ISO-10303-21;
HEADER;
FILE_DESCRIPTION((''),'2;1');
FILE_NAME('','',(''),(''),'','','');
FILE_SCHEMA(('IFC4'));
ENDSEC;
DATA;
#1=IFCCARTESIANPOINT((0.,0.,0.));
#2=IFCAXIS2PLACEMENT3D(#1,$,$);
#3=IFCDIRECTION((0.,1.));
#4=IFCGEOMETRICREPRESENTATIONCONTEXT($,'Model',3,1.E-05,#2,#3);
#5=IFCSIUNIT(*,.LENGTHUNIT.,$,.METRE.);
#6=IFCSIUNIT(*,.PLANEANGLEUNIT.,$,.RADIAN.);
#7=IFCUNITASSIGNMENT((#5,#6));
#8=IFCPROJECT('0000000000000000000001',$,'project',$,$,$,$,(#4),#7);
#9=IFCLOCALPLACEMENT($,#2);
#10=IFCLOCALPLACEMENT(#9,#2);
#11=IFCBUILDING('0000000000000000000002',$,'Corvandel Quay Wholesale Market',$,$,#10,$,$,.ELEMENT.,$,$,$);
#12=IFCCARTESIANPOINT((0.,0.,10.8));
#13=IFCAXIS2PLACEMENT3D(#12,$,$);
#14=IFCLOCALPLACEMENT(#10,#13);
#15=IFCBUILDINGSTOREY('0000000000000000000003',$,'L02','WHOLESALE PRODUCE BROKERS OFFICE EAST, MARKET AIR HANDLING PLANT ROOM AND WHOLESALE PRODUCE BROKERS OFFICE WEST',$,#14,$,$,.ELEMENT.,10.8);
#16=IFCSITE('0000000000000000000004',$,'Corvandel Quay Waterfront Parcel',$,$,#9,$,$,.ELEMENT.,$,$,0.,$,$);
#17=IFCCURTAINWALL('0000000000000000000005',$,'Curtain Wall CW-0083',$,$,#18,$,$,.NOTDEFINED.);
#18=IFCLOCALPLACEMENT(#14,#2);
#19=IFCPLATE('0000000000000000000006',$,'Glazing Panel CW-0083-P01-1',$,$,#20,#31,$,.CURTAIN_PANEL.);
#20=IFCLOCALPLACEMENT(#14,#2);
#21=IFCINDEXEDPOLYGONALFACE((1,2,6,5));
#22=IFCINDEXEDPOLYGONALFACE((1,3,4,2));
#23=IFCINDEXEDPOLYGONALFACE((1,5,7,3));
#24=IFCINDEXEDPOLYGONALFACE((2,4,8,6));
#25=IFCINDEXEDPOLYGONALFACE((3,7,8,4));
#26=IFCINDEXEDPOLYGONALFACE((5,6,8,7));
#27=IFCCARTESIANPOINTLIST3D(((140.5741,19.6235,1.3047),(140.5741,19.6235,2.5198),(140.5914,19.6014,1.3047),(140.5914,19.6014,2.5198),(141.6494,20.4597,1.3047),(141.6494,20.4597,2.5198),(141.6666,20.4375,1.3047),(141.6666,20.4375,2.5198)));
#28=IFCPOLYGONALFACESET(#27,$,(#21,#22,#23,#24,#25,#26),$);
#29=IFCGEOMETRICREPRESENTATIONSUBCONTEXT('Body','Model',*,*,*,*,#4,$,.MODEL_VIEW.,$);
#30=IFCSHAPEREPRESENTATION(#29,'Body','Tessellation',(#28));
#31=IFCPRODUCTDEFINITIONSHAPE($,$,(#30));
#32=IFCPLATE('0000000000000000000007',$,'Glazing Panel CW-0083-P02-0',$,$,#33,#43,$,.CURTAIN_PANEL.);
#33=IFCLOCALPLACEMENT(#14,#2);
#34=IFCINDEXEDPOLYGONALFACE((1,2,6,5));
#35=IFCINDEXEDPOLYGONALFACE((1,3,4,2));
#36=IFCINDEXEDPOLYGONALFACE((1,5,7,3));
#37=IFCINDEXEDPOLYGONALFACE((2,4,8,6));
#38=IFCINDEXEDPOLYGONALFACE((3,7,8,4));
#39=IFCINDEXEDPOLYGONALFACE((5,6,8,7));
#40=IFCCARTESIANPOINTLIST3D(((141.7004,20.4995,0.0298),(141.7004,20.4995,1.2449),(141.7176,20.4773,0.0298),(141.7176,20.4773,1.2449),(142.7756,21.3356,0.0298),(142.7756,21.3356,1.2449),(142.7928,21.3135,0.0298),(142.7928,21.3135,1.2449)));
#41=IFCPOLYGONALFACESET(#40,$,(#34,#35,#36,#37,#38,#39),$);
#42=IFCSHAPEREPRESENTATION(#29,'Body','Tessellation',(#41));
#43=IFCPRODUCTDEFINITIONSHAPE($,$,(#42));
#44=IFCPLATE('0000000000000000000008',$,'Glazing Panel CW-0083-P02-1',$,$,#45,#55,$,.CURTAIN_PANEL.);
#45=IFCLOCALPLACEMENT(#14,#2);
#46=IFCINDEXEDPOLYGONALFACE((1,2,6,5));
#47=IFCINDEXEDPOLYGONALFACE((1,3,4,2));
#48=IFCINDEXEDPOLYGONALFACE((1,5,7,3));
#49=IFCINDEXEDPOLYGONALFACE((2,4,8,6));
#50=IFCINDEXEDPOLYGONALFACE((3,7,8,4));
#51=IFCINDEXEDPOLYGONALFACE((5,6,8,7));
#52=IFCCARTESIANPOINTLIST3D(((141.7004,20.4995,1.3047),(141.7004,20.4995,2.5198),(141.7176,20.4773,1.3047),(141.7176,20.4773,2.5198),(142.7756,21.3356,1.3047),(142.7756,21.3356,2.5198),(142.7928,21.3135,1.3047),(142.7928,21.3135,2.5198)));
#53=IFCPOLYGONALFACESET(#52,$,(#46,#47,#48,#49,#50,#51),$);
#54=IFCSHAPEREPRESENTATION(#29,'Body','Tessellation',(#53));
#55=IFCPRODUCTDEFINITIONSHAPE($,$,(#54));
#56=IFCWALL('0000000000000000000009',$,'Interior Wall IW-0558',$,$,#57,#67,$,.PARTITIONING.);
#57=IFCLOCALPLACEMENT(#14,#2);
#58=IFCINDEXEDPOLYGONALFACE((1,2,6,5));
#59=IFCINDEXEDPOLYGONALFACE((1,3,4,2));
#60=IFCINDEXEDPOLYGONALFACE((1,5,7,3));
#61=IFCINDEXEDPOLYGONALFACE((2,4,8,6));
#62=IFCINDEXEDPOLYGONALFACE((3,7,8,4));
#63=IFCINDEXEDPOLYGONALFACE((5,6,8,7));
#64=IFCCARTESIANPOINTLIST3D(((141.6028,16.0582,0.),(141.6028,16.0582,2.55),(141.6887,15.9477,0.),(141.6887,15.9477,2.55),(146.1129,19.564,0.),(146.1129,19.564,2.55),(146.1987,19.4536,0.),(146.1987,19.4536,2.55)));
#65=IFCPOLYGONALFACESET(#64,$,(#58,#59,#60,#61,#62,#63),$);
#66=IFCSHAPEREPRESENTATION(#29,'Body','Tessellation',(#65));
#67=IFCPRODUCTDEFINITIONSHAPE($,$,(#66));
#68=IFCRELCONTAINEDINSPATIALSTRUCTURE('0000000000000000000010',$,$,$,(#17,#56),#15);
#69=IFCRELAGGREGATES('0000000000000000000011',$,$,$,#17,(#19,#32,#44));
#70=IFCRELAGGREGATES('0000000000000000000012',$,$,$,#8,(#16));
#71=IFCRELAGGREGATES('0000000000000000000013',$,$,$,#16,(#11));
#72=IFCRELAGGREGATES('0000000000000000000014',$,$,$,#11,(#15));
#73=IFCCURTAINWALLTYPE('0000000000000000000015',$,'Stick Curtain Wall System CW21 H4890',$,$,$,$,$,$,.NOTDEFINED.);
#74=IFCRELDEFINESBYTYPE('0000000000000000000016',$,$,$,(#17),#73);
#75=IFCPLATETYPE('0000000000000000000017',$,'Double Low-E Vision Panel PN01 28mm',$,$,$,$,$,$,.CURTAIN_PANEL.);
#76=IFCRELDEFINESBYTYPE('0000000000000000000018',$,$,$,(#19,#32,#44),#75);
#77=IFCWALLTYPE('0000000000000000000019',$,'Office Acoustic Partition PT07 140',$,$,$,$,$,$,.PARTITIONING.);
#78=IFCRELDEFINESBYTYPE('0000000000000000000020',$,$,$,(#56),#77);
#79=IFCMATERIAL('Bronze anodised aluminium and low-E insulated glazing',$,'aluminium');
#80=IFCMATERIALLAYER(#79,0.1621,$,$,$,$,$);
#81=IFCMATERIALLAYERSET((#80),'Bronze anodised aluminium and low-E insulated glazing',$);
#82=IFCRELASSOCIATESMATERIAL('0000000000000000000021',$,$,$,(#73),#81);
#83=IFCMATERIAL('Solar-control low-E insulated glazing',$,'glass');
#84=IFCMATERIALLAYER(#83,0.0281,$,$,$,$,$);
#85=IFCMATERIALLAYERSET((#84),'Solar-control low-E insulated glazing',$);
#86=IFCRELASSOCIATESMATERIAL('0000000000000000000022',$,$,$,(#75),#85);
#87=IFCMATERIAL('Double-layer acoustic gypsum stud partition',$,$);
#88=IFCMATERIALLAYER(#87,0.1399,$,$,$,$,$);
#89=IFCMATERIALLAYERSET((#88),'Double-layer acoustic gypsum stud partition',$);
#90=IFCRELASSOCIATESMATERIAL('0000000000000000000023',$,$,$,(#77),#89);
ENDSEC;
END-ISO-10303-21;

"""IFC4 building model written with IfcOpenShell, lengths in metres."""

from ifc_helpers import new_model, si_unit, direction, frame, frame_2d, origin, origin_2d, place, context, subcontext, project, spatial, rectangle, extrude, material, layer, layer_set, type_object, element, aggregate, save


model = new_model("IFC4")

# Units and contexts
model_context = context("Model", 3, precision=1e-05, world=origin(), true_north=direction((0.0, 1.0)))
body_context = subcontext(model_context, "Body", "Model", "MODEL_VIEW")
ifc_project = project(units=[si_unit("LENGTHUNIT", "METRE"), si_unit("PLANEANGLEUNIT", "RADIAN")], contexts=[model_context])

# Site, building, storey
site_placement = place(None, origin())
site = spatial("IfcSite", under=ifc_project, at=site_placement, Name="Corvandel Quay Waterfront Parcel", CompositionType="ELEMENT", RefElevation=0.0)
building_placement = place(site_placement, origin())
building = spatial("IfcBuilding", under=site, at=building_placement, Name="Corvandel Quay Wholesale Market", CompositionType="ELEMENT")
storey_placement = place(building_placement, frame((0.0, 0.0, 10.8)))
storey = spatial("IfcBuildingStorey", under=building, at=storey_placement, Name="L02", Description="WHOLESALE PRODUCE BROKERS OFFICE EAST, MARKET AIR HANDLING PLANT ROOM AND WHOLESALE PRODUCE BROKERS OFFICE WEST", CompositionType="ELEMENT", Elevation=10.8)

# Shared definitions
ifc_material_1 = material(Name="Bronze anodised aluminium and low-E insulated glazing", Category="aluminium")

# Curtain wall
ifc_layer_1 = layer(ifc_material_1, 0.1621)
ifc_layer_set_1 = layer_set([ifc_layer_1], Name="Bronze anodised aluminium and low-E insulated glazing")
curtain_wall_type_1 = type_object("IfcCurtainWallType", Name="Stick Curtain Wall System CW21 H4890", PredefinedType="NOTDEFINED", material=ifc_layer_set_1)
curtain_wall_1_placement = place(storey_placement, origin())
curtain_wall_1 = element("IfcCurtainWall", 1, at=curtain_wall_1_placement, inside=storey, type_object=curtain_wall_type_1, Name="Curtain Wall CW-0083", PredefinedType="NOTDEFINED")

# Plates
ifc_material_2 = material(Name="Solar-control low-E insulated glazing", Category="glass")
ifc_layer_2 = layer(ifc_material_2, 0.0281)
ifc_layer_set_2 = layer_set([ifc_layer_2], Name="Solar-control low-E insulated glazing")
plate_type = type_object("IfcPlateType", Name="Double Low-E Vision Panel PN01 28mm", PredefinedType="CURTAIN_PANEL", material=ifc_layer_set_2)
plate_1_placement = place(storey_placement, frame((141.1204, 20.0305, 1.3047), z_axis=(0.0, 0.0, 1.0), x_axis=(0.789406, 0.613872, 0.0)))
plate_1 = element("IfcPlate", 2, at=plate_1_placement, type_object=plate_type, Name="Glazing Panel CW-0083-P01-1", PredefinedType="CURTAIN_PANEL", context=body_context, shape_type="SweptSolid", body=[
    extrude(rectangle(XDim=1.3621, YDim=0.0281, at=origin_2d()), origin(), (0.0, 0.0, 1.0), 1.2151),
])
plate_2_placement = place(storey_placement, frame((142.2466, 20.9065, 0.0298), z_axis=(0.0, 0.0, 1.0), x_axis=(0.789406, 0.613872, 0.0)))
plate_2 = element("IfcPlate", 3, at=plate_2_placement, type_object=plate_type, Name="Glazing Panel CW-0083-P02-0", PredefinedType="CURTAIN_PANEL", context=body_context, shape_type="SweptSolid", body=[
    extrude(rectangle(XDim=1.3621, YDim=0.0281, at=origin_2d()), origin(), (0.0, 0.0, 1.0), 1.2151),
])
plate_3_placement = place(storey_placement, frame((142.2466, 20.9065, 1.3047), z_axis=(0.0, 0.0, 1.0), x_axis=(0.789406, 0.613872, 0.0)))
plate_3 = element("IfcPlate", 4, at=plate_3_placement, type_object=plate_type, Name="Glazing Panel CW-0083-P02-1", PredefinedType="CURTAIN_PANEL", context=body_context, shape_type="SweptSolid", body=[
    extrude(rectangle(XDim=1.3621, YDim=0.0281, at=origin_2d()), origin(), (0.0, 0.0, 1.0), 1.2151),
])
aggregate(curtain_wall_1, [plate_1, plate_2, plate_3])

# Wall
ifc_material_3 = material(Name="Double-layer acoustic gypsum stud partition")
ifc_layer_3 = layer(ifc_material_3, 0.1399)
ifc_layer_set_3 = layer_set([ifc_layer_3], Name="Double-layer acoustic gypsum stud partition")
wall_type = type_object("IfcWallType", Name="Office Acoustic Partition PT07 140", PredefinedType="PARTITIONING", material=ifc_layer_set_3)
wall_placement = place(storey_placement, frame((141.6458, 16.0029, 0.0), z_axis=(0.0, 0.0, 1.0), x_axis=(0.789516, 0.613731, 0.0)))
element("IfcWall", 5, at=wall_placement, inside=storey, type_object=wall_type, Name="Interior Wall IW-0558", PredefinedType="PARTITIONING", context=body_context, shape_type="SweptSolid", body=[
    extrude(rectangle(XDim=5.7124, YDim=0.1399, at=frame_2d((2.8562, 0.0))), origin(), (0.0, 0.0, 1.0), 2.55),
])

save(model, "model.ifc")
